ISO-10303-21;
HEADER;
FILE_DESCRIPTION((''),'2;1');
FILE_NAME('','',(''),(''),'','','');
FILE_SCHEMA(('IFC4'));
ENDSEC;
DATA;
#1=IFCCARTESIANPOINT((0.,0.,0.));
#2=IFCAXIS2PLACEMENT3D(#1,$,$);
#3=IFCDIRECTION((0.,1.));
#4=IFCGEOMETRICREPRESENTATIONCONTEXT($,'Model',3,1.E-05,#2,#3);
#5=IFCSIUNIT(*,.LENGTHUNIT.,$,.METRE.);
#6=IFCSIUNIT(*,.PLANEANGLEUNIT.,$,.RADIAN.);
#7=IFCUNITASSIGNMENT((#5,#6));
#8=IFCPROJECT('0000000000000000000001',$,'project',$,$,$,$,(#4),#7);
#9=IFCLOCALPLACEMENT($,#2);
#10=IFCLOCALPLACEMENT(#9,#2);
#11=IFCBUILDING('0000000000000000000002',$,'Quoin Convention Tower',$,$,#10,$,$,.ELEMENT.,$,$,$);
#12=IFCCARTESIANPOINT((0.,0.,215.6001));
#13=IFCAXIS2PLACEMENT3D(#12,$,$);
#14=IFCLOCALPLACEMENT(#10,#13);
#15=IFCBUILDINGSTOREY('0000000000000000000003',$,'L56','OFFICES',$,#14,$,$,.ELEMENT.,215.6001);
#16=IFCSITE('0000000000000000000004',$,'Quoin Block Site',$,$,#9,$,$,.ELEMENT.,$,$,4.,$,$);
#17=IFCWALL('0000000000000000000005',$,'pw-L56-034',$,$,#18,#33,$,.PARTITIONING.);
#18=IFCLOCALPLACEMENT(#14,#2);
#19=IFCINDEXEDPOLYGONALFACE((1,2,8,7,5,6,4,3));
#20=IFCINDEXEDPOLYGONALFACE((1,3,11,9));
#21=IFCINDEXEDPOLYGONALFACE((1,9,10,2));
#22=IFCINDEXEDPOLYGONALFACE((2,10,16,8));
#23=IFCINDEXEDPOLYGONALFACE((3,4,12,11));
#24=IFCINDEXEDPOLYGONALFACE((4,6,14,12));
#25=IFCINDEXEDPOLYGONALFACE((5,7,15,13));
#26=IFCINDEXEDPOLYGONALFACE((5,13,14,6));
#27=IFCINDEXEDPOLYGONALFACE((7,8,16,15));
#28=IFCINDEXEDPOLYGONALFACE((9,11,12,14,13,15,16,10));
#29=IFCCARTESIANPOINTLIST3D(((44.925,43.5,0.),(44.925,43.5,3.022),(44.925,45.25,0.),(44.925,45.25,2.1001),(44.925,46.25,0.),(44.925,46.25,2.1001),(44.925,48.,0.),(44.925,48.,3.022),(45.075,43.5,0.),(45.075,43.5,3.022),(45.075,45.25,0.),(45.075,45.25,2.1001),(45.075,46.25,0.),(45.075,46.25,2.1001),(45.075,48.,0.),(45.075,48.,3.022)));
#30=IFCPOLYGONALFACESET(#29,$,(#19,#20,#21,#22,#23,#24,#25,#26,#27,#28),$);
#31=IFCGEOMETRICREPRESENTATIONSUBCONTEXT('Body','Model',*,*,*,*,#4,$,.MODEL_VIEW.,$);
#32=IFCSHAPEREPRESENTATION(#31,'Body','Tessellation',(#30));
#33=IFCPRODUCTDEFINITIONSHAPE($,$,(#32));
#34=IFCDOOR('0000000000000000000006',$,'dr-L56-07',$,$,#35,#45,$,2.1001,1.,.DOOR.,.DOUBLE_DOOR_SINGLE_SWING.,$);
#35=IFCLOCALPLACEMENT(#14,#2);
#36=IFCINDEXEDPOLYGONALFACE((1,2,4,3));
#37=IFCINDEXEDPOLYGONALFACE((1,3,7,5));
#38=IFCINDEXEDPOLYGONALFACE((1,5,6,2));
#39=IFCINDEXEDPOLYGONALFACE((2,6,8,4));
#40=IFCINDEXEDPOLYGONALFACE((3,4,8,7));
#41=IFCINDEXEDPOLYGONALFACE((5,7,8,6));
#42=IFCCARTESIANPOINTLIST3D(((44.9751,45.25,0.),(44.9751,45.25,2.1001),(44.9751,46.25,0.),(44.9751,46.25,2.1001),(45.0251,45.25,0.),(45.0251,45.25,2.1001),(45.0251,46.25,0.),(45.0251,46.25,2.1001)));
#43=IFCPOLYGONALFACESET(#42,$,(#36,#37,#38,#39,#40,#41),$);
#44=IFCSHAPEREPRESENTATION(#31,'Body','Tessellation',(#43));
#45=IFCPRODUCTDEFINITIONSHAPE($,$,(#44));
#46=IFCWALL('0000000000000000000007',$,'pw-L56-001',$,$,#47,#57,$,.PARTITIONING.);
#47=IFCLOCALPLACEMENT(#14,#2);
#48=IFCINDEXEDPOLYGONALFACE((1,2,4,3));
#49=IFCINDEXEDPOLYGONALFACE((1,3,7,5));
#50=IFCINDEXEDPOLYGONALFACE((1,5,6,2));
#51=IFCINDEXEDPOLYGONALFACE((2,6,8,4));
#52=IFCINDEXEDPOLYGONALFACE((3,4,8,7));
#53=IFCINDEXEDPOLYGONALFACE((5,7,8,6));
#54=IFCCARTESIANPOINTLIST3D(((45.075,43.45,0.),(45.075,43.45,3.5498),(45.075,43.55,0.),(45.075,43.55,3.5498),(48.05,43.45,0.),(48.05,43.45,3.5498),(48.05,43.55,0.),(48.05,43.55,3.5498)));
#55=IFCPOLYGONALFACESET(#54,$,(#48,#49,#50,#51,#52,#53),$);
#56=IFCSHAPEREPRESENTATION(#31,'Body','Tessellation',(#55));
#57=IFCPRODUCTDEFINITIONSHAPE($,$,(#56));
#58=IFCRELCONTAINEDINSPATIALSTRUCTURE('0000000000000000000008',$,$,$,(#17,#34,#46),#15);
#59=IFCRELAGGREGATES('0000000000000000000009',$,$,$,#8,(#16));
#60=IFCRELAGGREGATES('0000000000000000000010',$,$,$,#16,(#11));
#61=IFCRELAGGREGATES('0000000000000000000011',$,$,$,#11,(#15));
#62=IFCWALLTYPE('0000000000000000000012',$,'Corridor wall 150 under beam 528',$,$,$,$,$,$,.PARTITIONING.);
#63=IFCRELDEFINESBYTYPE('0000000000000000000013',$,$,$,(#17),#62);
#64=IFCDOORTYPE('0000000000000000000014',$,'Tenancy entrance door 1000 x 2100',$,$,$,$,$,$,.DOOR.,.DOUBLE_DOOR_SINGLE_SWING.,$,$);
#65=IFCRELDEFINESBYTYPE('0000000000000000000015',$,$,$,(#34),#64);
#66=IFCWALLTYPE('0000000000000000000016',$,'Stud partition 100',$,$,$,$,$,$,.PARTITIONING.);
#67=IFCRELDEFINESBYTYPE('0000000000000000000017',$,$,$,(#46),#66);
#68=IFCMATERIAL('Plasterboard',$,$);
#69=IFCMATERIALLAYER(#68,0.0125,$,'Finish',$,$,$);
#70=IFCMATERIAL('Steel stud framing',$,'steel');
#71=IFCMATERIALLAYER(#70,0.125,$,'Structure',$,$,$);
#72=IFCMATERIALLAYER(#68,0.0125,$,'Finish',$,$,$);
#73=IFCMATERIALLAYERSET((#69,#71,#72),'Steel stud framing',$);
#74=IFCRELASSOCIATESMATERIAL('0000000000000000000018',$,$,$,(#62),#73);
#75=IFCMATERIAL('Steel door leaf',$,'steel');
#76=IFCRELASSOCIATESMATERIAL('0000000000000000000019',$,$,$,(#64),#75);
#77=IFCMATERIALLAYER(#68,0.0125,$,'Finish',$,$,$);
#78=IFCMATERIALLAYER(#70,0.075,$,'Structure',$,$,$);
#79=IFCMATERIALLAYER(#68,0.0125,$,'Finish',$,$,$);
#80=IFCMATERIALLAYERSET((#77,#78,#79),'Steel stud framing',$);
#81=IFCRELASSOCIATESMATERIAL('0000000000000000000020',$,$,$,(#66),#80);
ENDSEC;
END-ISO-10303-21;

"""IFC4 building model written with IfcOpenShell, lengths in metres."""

from ifc_helpers import new_model, si_unit, direction, frame, frame_2d, origin, place, context, subcontext, project, spatial, rectangle, extrude, material, layer, layer_set, type_object, element, fill, save


model = new_model("IFC4")

# Units and contexts
model_context = context("Model", 3, precision=1e-05, world=origin(), true_north=direction((0.0, 1.0)))
body_context = subcontext(model_context, "Body", "Model", "MODEL_VIEW")
ifc_project = project(units=[si_unit("LENGTHUNIT", "METRE"), si_unit("PLANEANGLEUNIT", "RADIAN")], contexts=[model_context])

# Site, building, storey
site_placement = place(None, origin())
site = spatial("IfcSite", under=ifc_project, at=site_placement, Name="Quoin Block Site", CompositionType="ELEMENT", RefElevation=4.0)
building_placement = place(site_placement, origin())
building = spatial("IfcBuilding", under=site, at=building_placement, Name="Quoin Convention Tower", CompositionType="ELEMENT")
storey_placement = place(building_placement, frame((0.0, 0.0, 215.6001)))
storey = spatial("IfcBuildingStorey", under=building, at=storey_placement, Name="L56", Description="OFFICES", CompositionType="ELEMENT", Elevation=215.6001)

# Shared definitions
ifc_material_1 = material(Name="Plasterboard")
ifc_material_2 = material(Name="Steel stud framing", Category="steel")
ifc_layer_1 = layer(ifc_material_1, 0.0125, Name="Finish")
ifc_layer_2 = layer(ifc_material_2, 0.125, Name="Structure")
ifc_layer_3 = layer(ifc_material_1, 0.0125, Name="Finish")
ifc_layer_set_1 = layer_set([ifc_layer_1, ifc_layer_2, ifc_layer_3], Name="Steel stud framing")
wall_type_1 = type_object("IfcWallType", Name="Corridor wall 150 under beam 528", PredefinedType="PARTITIONING", material=ifc_layer_set_1)

# Wall, opening, door
wall_1_placement = place(storey_placement, frame((45.0, 43.5, 0.0), z_axis=(0.0, 0.0, 1.0), x_axis=(0.0, 1.0, 0.0)))
wall_1 = element("IfcWall", 1, at=wall_1_placement, inside=storey, type_object=wall_type_1, Name="pw-L56-034", PredefinedType="PARTITIONING", context=body_context, shape_type="SweptSolid", body=[
    extrude(rectangle(XDim=4.5, YDim=0.1499, at=frame_2d((2.25, 0.0))), origin(), (0.0, 0.0, 1.0), 3.022),
])
opening_placement = place(wall_1_placement, frame((1.75, 0.0, 0.0)))
opening = element("IfcOpeningElement", 2, at=opening_placement, cuts=wall_1, PredefinedType="OPENING", context=body_context, shape_type="SweptSolid", body=[
    extrude(rectangle(XDim=1.0, YDim=2.1001, at=frame_2d((0.5, 1.05))), frame((0.0, 0.085, 0.0), z_axis=(0.0, -1.0, 0.0), x_axis=(1.0, 0.0, 0.0)), (0.0, 0.0, 1.0), 0.1699),
])
ifc_material_3 = material(Name="Steel door leaf", Category="steel")
door_type = type_object("IfcDoorType", Name="Tenancy entrance door 1000 x 2100", OperationType="DOUBLE_DOOR_SINGLE_SWING", PredefinedType="DOOR", material=ifc_material_3)
door_placement = place(opening_placement, origin())
door = element("IfcDoor", 3, at=door_placement, inside=storey, type_object=door_type, Name="dr-L56-07", OperationType="DOUBLE_DOOR_SINGLE_SWING", OverallHeight=2.1001, OverallWidth=1.0, PredefinedType="DOOR", context=body_context, shape_type="SweptSolid", body=[
    extrude(rectangle(XDim=1.0, YDim=2.1001, at=frame_2d((0.5, 1.05))), frame((0.0, 0.0249, 0.0), z_axis=(0.0, -1.0, 0.0), x_axis=(1.0, 0.0, 0.0)), (0.0, 0.0, 1.0), 0.05),
])
fill(opening, door)

# Wall
ifc_layer_4 = layer(ifc_material_1, 0.0125, Name="Finish")
ifc_layer_5 = layer(ifc_material_2, 0.075, Name="Structure")
ifc_layer_6 = layer(ifc_material_1, 0.0125, Name="Finish")
ifc_layer_set_2 = layer_set([ifc_layer_4, ifc_layer_5, ifc_layer_6], Name="Steel stud framing")
wall_type_2 = type_object("IfcWallType", Name="Stud partition 100", PredefinedType="PARTITIONING", material=ifc_layer_set_2)
wall_2_placement = place(storey_placement, frame((45.075, 43.5, 0.0), z_axis=(0.0, 0.0, 1.0), x_axis=(1.0, 0.0, 0.0)))
element("IfcWall", 4, at=wall_2_placement, inside=storey, type_object=wall_type_2, Name="pw-L56-001", PredefinedType="PARTITIONING", context=body_context, shape_type="SweptSolid", body=[
    extrude(rectangle(XDim=2.9751, YDim=0.1001, at=frame_2d((1.4875, 0.0))), origin(), (0.0, 0.0, 1.0), 3.5498),
])

save(model, "model.ifc")
